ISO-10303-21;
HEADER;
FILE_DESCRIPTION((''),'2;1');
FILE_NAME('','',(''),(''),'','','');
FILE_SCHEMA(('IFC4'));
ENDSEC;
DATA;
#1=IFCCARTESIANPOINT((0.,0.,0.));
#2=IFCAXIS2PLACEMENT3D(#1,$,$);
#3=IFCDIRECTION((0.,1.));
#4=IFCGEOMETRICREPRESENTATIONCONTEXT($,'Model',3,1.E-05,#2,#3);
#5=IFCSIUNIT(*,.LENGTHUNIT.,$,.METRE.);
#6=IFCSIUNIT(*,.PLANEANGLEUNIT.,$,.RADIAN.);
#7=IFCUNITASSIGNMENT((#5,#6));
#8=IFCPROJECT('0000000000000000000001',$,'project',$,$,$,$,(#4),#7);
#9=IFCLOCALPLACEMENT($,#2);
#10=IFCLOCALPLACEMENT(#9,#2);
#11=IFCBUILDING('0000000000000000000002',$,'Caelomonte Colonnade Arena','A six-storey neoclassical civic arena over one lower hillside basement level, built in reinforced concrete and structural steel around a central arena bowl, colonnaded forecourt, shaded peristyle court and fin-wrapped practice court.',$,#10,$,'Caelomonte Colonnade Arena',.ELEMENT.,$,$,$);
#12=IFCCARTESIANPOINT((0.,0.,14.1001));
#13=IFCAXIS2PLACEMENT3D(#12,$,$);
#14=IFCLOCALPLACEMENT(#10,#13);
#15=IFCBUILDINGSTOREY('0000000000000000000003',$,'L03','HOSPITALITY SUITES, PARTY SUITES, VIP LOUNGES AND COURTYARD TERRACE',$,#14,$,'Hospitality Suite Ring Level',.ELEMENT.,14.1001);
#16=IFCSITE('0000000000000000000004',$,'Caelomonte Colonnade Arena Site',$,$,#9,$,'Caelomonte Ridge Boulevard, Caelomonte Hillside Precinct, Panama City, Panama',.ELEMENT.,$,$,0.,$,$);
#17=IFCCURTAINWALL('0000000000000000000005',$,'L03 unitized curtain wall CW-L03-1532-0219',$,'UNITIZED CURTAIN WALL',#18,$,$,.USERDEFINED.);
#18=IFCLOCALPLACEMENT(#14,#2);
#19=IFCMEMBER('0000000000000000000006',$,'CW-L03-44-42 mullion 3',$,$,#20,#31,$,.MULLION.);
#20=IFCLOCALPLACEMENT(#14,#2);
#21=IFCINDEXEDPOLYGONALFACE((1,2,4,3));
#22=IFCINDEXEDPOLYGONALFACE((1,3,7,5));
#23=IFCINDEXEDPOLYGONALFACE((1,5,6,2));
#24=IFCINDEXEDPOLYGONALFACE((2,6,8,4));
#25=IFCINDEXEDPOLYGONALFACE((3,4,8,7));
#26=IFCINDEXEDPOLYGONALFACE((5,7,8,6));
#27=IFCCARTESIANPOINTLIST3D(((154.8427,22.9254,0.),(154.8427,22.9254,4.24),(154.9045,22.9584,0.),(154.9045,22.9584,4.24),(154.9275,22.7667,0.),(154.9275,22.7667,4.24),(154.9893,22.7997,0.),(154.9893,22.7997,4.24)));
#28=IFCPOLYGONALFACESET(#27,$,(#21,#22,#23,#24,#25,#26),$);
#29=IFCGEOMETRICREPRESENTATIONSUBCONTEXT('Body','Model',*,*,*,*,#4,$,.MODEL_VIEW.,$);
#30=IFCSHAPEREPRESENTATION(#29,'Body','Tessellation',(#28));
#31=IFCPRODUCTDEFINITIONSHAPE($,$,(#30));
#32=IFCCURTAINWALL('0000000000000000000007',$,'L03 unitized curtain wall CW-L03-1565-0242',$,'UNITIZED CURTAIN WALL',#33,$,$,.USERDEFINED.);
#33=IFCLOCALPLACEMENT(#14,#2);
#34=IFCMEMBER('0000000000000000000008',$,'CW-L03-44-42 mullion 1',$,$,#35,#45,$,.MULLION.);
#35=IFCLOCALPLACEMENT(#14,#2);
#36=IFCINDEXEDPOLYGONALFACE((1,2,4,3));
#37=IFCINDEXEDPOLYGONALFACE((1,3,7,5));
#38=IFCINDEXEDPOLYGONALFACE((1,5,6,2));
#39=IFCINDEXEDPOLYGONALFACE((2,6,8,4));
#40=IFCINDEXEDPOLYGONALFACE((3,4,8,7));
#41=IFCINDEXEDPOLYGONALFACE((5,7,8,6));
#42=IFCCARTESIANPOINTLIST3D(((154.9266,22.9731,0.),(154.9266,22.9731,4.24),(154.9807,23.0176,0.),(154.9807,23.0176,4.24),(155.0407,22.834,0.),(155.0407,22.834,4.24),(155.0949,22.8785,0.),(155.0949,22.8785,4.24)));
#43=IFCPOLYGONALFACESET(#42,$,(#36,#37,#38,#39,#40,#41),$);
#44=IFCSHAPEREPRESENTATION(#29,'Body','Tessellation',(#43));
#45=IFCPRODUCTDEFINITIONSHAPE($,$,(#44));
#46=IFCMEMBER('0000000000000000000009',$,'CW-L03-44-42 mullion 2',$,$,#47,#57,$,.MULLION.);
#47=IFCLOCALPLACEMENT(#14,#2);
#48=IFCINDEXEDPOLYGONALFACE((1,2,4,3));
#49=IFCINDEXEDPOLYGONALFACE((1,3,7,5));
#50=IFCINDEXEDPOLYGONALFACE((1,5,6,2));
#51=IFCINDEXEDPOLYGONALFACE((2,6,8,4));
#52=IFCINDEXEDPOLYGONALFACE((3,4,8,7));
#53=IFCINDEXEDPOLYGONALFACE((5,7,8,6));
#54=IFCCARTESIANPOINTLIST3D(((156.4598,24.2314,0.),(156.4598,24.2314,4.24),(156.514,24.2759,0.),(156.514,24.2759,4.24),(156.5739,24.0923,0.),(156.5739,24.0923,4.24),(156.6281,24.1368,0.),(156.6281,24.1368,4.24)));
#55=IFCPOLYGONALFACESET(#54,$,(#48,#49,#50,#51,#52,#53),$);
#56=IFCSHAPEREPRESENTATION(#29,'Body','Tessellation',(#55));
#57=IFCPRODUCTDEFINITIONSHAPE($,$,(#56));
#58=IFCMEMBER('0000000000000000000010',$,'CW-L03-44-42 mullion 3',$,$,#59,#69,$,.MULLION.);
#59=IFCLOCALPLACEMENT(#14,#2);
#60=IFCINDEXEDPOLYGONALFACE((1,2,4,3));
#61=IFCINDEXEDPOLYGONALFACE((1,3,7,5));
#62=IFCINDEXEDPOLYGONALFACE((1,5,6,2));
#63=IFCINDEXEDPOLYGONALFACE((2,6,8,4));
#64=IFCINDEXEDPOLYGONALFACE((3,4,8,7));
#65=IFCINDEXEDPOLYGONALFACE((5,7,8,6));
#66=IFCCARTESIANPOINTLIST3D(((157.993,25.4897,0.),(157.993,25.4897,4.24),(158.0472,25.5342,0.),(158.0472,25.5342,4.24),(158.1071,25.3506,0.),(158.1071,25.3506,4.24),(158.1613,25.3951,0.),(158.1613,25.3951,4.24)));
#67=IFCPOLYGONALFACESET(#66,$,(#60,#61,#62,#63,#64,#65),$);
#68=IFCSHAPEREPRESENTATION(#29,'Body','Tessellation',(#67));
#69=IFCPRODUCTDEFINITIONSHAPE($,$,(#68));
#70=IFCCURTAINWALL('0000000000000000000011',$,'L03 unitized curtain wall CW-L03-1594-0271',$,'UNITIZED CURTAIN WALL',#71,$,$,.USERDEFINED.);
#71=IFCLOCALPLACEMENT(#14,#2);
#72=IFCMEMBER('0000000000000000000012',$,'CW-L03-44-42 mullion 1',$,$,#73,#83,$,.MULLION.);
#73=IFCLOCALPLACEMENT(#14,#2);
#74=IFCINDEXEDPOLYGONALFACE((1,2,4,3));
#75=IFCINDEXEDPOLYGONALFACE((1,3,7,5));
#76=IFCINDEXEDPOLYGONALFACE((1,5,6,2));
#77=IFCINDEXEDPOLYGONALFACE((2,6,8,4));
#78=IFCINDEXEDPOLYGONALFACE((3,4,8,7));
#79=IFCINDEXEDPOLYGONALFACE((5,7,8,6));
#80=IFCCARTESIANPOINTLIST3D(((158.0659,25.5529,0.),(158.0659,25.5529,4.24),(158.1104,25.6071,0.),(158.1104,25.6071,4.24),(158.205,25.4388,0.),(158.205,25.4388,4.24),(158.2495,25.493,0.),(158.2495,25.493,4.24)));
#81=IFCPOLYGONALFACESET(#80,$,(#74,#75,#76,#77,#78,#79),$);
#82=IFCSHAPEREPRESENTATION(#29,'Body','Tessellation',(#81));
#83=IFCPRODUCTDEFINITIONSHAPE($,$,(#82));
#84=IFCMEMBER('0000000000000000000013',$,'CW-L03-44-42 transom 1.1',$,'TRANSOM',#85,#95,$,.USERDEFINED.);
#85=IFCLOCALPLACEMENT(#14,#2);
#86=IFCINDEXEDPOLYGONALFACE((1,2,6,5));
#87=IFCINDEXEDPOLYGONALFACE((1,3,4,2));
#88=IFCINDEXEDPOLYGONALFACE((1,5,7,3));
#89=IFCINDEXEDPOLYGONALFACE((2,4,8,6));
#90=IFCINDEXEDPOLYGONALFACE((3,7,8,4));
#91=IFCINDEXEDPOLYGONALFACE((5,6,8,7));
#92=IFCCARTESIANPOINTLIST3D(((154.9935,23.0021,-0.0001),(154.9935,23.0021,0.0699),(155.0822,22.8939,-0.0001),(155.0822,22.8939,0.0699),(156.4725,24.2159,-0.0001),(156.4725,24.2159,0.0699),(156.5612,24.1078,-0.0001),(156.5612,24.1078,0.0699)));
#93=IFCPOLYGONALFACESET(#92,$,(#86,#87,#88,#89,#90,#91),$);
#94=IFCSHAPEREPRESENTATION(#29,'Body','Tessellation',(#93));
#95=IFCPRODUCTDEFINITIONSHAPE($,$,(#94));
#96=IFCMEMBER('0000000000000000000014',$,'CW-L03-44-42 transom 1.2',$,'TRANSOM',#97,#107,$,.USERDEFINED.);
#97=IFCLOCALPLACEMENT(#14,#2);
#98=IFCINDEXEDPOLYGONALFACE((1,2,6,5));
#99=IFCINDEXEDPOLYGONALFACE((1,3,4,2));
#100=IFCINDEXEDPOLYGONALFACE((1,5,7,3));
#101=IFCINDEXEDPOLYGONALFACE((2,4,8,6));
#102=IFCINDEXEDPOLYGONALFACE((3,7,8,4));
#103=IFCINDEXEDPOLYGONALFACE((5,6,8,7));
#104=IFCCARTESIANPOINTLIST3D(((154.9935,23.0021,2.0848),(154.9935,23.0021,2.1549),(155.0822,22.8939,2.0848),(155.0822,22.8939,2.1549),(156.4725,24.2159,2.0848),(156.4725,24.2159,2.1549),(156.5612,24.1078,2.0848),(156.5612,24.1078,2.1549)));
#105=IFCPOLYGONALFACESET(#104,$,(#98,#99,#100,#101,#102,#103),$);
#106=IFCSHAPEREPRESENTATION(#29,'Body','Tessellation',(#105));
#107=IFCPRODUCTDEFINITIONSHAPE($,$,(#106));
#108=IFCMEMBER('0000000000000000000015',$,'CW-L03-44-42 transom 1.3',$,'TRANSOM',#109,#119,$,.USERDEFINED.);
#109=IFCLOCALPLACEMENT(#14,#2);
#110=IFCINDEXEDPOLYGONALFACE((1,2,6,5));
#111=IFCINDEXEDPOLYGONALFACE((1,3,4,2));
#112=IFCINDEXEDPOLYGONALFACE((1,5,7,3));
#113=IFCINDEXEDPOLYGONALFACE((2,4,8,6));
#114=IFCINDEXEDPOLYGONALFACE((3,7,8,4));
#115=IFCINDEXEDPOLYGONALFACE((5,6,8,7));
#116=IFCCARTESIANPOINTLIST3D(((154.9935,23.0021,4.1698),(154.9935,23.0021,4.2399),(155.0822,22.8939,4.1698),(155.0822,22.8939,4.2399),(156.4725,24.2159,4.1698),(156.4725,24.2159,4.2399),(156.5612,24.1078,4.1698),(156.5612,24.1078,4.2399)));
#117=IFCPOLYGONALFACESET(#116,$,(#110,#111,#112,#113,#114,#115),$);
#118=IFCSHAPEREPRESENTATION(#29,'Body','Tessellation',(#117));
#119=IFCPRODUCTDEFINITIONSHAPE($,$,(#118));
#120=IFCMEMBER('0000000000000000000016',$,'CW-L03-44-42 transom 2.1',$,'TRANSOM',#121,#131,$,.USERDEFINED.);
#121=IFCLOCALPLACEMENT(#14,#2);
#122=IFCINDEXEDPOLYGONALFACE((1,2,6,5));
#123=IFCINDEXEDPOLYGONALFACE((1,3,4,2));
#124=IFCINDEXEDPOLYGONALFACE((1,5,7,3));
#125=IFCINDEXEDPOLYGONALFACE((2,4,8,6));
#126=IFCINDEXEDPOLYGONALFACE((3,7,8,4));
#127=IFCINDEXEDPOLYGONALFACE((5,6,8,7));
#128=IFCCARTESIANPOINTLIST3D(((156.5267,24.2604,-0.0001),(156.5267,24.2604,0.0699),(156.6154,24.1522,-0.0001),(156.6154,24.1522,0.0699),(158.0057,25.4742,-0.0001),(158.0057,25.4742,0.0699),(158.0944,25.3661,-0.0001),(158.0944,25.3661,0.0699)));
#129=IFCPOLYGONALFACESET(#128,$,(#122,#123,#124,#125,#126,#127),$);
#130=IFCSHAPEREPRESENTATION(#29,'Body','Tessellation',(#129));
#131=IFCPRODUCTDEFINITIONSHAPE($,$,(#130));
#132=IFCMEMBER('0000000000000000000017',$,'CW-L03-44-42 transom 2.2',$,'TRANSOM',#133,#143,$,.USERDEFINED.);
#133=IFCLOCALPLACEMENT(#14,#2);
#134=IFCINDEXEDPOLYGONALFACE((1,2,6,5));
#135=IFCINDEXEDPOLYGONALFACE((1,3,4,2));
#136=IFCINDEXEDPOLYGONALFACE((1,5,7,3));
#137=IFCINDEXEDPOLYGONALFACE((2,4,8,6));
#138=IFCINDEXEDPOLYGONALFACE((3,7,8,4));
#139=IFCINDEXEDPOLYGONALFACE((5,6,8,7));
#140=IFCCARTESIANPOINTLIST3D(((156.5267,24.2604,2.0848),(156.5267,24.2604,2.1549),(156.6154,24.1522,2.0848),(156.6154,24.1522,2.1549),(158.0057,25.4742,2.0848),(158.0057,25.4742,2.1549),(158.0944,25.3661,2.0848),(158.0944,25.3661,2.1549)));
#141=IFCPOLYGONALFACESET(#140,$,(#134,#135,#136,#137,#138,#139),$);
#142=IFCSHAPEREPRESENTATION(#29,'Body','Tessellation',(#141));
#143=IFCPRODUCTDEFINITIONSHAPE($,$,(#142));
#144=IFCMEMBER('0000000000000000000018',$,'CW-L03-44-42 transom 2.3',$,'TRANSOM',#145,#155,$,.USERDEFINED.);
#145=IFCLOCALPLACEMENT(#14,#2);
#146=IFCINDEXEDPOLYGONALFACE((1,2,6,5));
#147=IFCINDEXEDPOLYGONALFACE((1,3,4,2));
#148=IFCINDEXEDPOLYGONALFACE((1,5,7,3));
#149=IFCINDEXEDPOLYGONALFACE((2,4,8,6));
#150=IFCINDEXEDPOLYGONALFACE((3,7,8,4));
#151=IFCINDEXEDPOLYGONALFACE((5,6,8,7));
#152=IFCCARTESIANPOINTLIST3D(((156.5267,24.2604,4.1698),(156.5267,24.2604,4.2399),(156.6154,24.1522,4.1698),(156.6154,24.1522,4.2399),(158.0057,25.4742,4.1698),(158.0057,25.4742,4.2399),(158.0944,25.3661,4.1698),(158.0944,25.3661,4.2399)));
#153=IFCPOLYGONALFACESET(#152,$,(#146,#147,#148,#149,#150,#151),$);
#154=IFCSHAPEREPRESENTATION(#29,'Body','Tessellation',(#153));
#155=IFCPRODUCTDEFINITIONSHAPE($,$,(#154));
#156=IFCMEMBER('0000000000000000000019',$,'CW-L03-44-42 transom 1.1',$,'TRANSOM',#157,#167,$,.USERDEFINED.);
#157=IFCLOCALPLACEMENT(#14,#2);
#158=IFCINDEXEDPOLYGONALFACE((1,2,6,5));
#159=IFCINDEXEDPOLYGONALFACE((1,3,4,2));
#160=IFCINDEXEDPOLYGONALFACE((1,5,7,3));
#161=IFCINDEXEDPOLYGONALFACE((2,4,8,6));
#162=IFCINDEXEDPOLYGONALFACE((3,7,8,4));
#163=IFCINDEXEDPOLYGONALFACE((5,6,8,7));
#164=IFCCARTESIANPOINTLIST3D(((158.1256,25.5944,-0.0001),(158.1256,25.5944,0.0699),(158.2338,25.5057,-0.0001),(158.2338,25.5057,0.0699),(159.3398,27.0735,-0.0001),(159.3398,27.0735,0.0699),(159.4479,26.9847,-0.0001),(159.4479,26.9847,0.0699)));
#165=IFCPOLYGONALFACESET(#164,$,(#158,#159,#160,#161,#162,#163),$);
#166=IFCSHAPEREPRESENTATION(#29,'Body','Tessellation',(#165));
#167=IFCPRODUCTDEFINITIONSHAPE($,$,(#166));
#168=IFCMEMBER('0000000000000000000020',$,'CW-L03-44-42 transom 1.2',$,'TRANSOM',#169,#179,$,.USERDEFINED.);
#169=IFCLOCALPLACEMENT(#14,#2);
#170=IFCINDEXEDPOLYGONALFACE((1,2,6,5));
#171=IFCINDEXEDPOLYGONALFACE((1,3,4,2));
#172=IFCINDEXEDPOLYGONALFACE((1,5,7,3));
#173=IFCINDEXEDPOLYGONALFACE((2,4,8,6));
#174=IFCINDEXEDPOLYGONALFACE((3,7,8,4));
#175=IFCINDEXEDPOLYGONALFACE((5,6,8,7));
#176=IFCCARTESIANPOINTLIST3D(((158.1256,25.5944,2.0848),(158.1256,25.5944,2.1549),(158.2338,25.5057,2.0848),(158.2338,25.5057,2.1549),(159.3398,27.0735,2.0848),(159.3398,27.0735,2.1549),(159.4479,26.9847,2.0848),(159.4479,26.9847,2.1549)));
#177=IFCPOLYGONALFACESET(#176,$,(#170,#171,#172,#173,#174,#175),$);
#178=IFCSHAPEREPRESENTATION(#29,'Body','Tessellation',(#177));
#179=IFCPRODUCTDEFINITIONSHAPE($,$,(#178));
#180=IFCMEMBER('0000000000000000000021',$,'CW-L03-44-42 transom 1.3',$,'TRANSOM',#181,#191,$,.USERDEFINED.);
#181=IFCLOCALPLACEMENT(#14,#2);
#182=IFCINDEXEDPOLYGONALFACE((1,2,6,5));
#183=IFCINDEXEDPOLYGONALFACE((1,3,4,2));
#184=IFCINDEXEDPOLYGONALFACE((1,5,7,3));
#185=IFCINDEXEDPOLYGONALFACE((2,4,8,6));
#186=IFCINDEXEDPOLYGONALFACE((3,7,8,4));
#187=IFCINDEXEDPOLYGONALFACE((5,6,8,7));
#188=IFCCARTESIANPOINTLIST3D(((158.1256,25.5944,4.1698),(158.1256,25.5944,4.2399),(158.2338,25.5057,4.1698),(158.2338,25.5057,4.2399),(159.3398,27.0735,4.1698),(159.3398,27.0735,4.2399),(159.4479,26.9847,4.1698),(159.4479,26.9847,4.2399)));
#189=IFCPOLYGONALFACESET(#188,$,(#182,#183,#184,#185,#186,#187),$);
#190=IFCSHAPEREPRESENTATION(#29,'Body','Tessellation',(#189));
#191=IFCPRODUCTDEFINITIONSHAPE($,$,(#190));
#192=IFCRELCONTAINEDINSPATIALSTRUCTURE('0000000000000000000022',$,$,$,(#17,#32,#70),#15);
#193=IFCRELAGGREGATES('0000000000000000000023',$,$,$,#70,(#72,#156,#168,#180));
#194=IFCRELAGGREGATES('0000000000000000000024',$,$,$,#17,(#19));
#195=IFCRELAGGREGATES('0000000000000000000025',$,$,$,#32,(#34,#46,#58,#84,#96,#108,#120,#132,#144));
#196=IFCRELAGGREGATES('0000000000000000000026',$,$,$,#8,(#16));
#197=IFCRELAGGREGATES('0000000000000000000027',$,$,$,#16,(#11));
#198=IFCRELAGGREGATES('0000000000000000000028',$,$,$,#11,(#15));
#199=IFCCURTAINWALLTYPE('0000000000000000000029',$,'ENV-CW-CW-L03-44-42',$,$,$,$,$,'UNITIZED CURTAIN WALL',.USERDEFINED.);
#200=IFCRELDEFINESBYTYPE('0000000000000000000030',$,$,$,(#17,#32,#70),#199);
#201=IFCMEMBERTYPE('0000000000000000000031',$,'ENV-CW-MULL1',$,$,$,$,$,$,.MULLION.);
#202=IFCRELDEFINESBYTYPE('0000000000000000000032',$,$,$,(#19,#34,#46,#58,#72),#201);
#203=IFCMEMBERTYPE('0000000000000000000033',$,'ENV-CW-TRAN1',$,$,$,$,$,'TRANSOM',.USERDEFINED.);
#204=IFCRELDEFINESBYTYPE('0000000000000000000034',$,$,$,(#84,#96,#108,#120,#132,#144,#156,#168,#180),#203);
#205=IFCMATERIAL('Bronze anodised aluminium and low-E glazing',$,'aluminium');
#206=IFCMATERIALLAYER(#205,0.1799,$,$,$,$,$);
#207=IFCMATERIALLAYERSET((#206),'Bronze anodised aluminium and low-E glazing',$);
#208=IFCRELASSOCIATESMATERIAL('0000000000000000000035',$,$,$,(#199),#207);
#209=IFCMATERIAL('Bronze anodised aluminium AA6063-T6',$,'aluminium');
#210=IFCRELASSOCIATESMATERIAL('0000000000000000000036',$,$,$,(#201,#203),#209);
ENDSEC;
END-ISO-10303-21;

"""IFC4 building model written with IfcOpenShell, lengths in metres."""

from ifc_helpers import new_model, si_unit, direction, frame, origin, origin_2d, place, context, subcontext, project, spatial, rectangle, extrude, material, layer, layer_set, material_profile, profile_set, type_object, element, aggregate, save


model = new_model("IFC4")

# Units and contexts
model_context = context("Model", 3, precision=1e-05, world=origin(), true_north=direction((0.0, 1.0)))
body_context = subcontext(model_context, "Body", "Model", "MODEL_VIEW")
ifc_project = project(units=[si_unit("LENGTHUNIT", "METRE"), si_unit("PLANEANGLEUNIT", "RADIAN")], contexts=[model_context])

# Site, building, storey
site_placement = place(None, origin())
site = spatial("IfcSite", under=ifc_project, at=site_placement, Name="Caelomonte Colonnade Arena Site", LongName="Caelomonte Ridge Boulevard, Caelomonte Hillside Precinct, Panama City, Panama", CompositionType="ELEMENT", RefElevation=0.0)
building_placement = place(site_placement, origin())
building = spatial("IfcBuilding", under=site, at=building_placement, Name="Caelomonte Colonnade Arena", Description="A six-storey neoclassical civic arena over one lower hillside basement level, built in reinforced concrete and structural steel around a central arena bowl, colonnaded forecourt, shaded peristyle court and fin-wrapped practice court.", LongName="Caelomonte Colonnade Arena", CompositionType="ELEMENT")
storey_placement = place(building_placement, frame((0.0, 0.0, 14.1001)))
storey = spatial("IfcBuildingStorey", under=building, at=storey_placement, Name="L03", Description="HOSPITALITY SUITES, PARTY SUITES, VIP LOUNGES AND COURTYARD TERRACE", LongName="Hospitality Suite Ring Level", CompositionType="ELEMENT", Elevation=14.1001)

# Curtain wall, member
ifc_material_1 = material(Name="Bronze anodised aluminium and low-E glazing", Category="aluminium")
ifc_layer_1 = layer(ifc_material_1, 0.1799)
ifc_layer_set_1 = layer_set([ifc_layer_1], Name="Bronze anodised aluminium and low-E glazing")
curtain_wall_type = type_object("IfcCurtainWallType", Name="ENV-CW-CW-L03-44-42", ElementType="UNITIZED CURTAIN WALL", PredefinedType="USERDEFINED", material=ifc_layer_set_1)
curtain_wall_1_placement = place(storey_placement, origin())
curtain_wall_1 = element("IfcCurtainWall", 1, at=curtain_wall_1_placement, inside=storey, type_object=curtain_wall_type, Name="L03 unitized curtain wall CW-L03-1532-0219", ObjectType="UNITIZED CURTAIN WALL", PredefinedType="USERDEFINED")
ifc_material_2 = material(Name="Bronze anodised aluminium AA6063-T6", Category="aluminium")
ifc_material_profile_1 = material_profile(ifc_material_2, rectangle(XDim=0.0701, YDim=0.1799, at=origin_2d()), Name="CWM-70X180")
ifc_profile_set_1 = profile_set([ifc_material_profile_1], Name="Bronze anodised aluminium AA6063-T6")
member_type_1 = type_object("IfcMemberType", Name="ENV-CW-MULL1", PredefinedType="MULLION", material=ifc_profile_set_1)
member_1_placement = place(storey_placement, frame((154.916, 22.8625, 0.0), z_axis=(0.0, 0.0, 1.0), x_axis=(0.881923, 0.471394, 0.0)))
member_1 = element("IfcMember", 2, at=member_1_placement, type_object=member_type_1, Name="CW-L03-44-42 mullion 3", PredefinedType="MULLION", context=body_context, shape_type="SweptSolid", body=[
    extrude(rectangle(XDim=0.0701, YDim=0.1799, at=origin_2d()), origin(), (0.0, 0.0, 1.0), 4.24),
])

# Curtain wall, members
curtain_wall_2_placement = place(storey_placement, origin())
curtain_wall_2 = element("IfcCurtainWall", 3, at=curtain_wall_2_placement, inside=storey, type_object=curtain_wall_type, Name="L03 unitized curtain wall CW-L03-1565-0242", ObjectType="UNITIZED CURTAIN WALL", PredefinedType="USERDEFINED")
member_2_placement = place(storey_placement, frame((155.0107, 22.9258, 0.0), z_axis=(0.0, 0.0, 1.0), x_axis=(0.772992, 0.634416, 0.0)))
member_2 = element("IfcMember", 4, at=member_2_placement, type_object=member_type_1, Name="CW-L03-44-42 mullion 1", PredefinedType="MULLION", context=body_context, shape_type="SweptSolid", body=[
    extrude(rectangle(XDim=0.0701, YDim=0.1799, at=origin_2d()), origin(), (0.0, 0.0, 1.0), 4.24),
])
member_3_placement = place(storey_placement, frame((156.5439, 24.1841, 0.0), z_axis=(0.0, 0.0, 1.0), x_axis=(0.772992, 0.634416, 0.0)))
member_3 = element("IfcMember", 5, at=member_3_placement, type_object=member_type_1, Name="CW-L03-44-42 mullion 2", PredefinedType="MULLION", context=body_context, shape_type="SweptSolid", body=[
    extrude(rectangle(XDim=0.0701, YDim=0.1799, at=origin_2d()), origin(), (0.0, 0.0, 1.0), 4.24),
])
member_4_placement = place(storey_placement, frame((158.0771, 25.4424, 0.0), z_axis=(0.0, 0.0, 1.0), x_axis=(0.772992, 0.634416, 0.0)))
member_4 = element("IfcMember", 6, at=member_4_placement, type_object=member_type_1, Name="CW-L03-44-42 mullion 3", PredefinedType="MULLION", context=body_context, shape_type="SweptSolid", body=[
    extrude(rectangle(XDim=0.0701, YDim=0.1799, at=origin_2d()), origin(), (0.0, 0.0, 1.0), 4.24),
])

# Curtain wall, member
curtain_wall_3_placement = place(storey_placement, origin())
curtain_wall_3 = element("IfcCurtainWall", 7, at=curtain_wall_3_placement, inside=storey, type_object=curtain_wall_type, Name="L03 unitized curtain wall CW-L03-1594-0271", ObjectType="UNITIZED CURTAIN WALL", PredefinedType="USERDEFINED")
member_5_placement = place(storey_placement, frame((158.1577, 25.5229, 0.0), z_axis=(0.0, 0.0, 1.0), x_axis=(0.634416, 0.772992, 0.0)))
member_5 = element("IfcMember", 8, at=member_5_placement, type_object=member_type_1, Name="CW-L03-44-42 mullion 1", PredefinedType="MULLION", context=body_context, shape_type="SweptSolid", body=[
    extrude(rectangle(XDim=0.0701, YDim=0.1799, at=origin_2d()), origin(), (0.0, 0.0, 1.0), 4.24),
])

# Members
ifc_material_profile_2 = material_profile(ifc_material_2, rectangle(XDim=0.0701, YDim=0.1399, at=origin_2d()), Name="CWT-70X140")
ifc_profile_set_2 = profile_set([ifc_material_profile_2], Name="Bronze anodised aluminium AA6063-T6")
member_type_2 = type_object("IfcMemberType", Name="ENV-CW-TRAN1", ElementType="TRANSOM", PredefinedType="USERDEFINED", material=ifc_profile_set_2)
member_6_placement = place(storey_placement, frame((155.0378, 22.948, 0.0349), z_axis=(0.77299, 0.634418, 0.0), x_axis=(0.0, 0.0, 1.0)))
member_6 = element("IfcMember", 9, at=member_6_placement, type_object=member_type_2, Name="CW-L03-44-42 transom 1.1", ObjectType="TRANSOM", PredefinedType="USERDEFINED", context=body_context, shape_type="SweptSolid", body=[
    extrude(rectangle(XDim=0.0701, YDim=0.1399, at=origin_2d()), origin(), (0.0, 0.0, 1.0), 1.9133),
])
member_7_placement = place(storey_placement, frame((155.0378, 22.948, 2.1199), z_axis=(0.77299, 0.634418, 0.0), x_axis=(0.0, 0.0, 1.0)))
member_7 = element("IfcMember", 10, at=member_7_placement, type_object=member_type_2, Name="CW-L03-44-42 transom 1.2", ObjectType="TRANSOM", PredefinedType="USERDEFINED", context=body_context, shape_type="SweptSolid", body=[
    extrude(rectangle(XDim=0.0701, YDim=0.1399, at=origin_2d()), origin(), (0.0, 0.0, 1.0), 1.9133),
])
member_8_placement = place(storey_placement, frame((155.0378, 22.948, 4.2048), z_axis=(0.77299, 0.634418, 0.0), x_axis=(0.0, 0.0, 1.0)))
member_8 = element("IfcMember", 11, at=member_8_placement, type_object=member_type_2, Name="CW-L03-44-42 transom 1.3", ObjectType="TRANSOM", PredefinedType="USERDEFINED", context=body_context, shape_type="SweptSolid", body=[
    extrude(rectangle(XDim=0.0701, YDim=0.1399, at=origin_2d()), origin(), (0.0, 0.0, 1.0), 1.9133),
])
member_9_placement = place(storey_placement, frame((156.571, 24.2063, 0.0349), z_axis=(0.77299, 0.634418, 0.0), x_axis=(0.0, 0.0, 1.0)))
member_9 = element("IfcMember", 12, at=member_9_placement, type_object=member_type_2, Name="CW-L03-44-42 transom 2.1", ObjectType="TRANSOM", PredefinedType="USERDEFINED", context=body_context, shape_type="SweptSolid", body=[
    extrude(rectangle(XDim=0.0701, YDim=0.1399, at=origin_2d()), origin(), (0.0, 0.0, 1.0), 1.9133),
])
member_10_placement = place(storey_placement, frame((156.571, 24.2063, 2.1199), z_axis=(0.77299, 0.634418, 0.0), x_axis=(0.0, 0.0, 1.0)))
member_10 = element("IfcMember", 13, at=member_10_placement, type_object=member_type_2, Name="CW-L03-44-42 transom 2.2", ObjectType="TRANSOM", PredefinedType="USERDEFINED", context=body_context, shape_type="SweptSolid", body=[
    extrude(rectangle(XDim=0.0701, YDim=0.1399, at=origin_2d()), origin(), (0.0, 0.0, 1.0), 1.9133),
])
member_11_placement = place(storey_placement, frame((156.571, 24.2063, 4.2048), z_axis=(0.77299, 0.634418, 0.0), x_axis=(0.0, 0.0, 1.0)))
member_11 = element("IfcMember", 14, at=member_11_placement, type_object=member_type_2, Name="CW-L03-44-42 transom 2.3", ObjectType="TRANSOM", PredefinedType="USERDEFINED", context=body_context, shape_type="SweptSolid", body=[
    extrude(rectangle(XDim=0.0701, YDim=0.1399, at=origin_2d()), origin(), (0.0, 0.0, 1.0), 1.9133),
])
member_12_placement = place(storey_placement, frame((158.1797, 25.55, 0.0349), z_axis=(0.634495, 0.772927, 0.0), x_axis=(0.0, 0.0, 1.0)))
member_12 = element("IfcMember", 15, at=member_12_placement, type_object=member_type_2, Name="CW-L03-44-42 transom 1.1", ObjectType="TRANSOM", PredefinedType="USERDEFINED", context=body_context, shape_type="SweptSolid", body=[
    extrude(rectangle(XDim=0.0701, YDim=0.1399, at=origin_2d()), origin(), (0.0, 0.0, 1.0), 1.9136),
])
member_13_placement = place(storey_placement, frame((158.1797, 25.55, 2.1199), z_axis=(0.634495, 0.772927, 0.0), x_axis=(0.0, 0.0, 1.0)))
member_13 = element("IfcMember", 16, at=member_13_placement, type_object=member_type_2, Name="CW-L03-44-42 transom 1.2", ObjectType="TRANSOM", PredefinedType="USERDEFINED", context=body_context, shape_type="SweptSolid", body=[
    extrude(rectangle(XDim=0.0701, YDim=0.1399, at=origin_2d()), origin(), (0.0, 0.0, 1.0), 1.9136),
])
member_14_placement = place(storey_placement, frame((158.1797, 25.55, 4.2048), z_axis=(0.634495, 0.772927, 0.0), x_axis=(0.0, 0.0, 1.0)))
member_14 = element("IfcMember", 17, at=member_14_placement, type_object=member_type_2, Name="CW-L03-44-42 transom 1.3", ObjectType="TRANSOM", PredefinedType="USERDEFINED", context=body_context, shape_type="SweptSolid", body=[
    extrude(rectangle(XDim=0.0701, YDim=0.1399, at=origin_2d()), origin(), (0.0, 0.0, 1.0), 1.9136),
])
aggregate(curtain_wall_3, [member_5, member_12, member_13, member_14])

aggregate(curtain_wall_1, [member_1])
aggregate(curtain_wall_2, [member_2, member_3, member_4, member_6, member_7, member_8, member_9, member_10, member_11])

save(model, "model.ifc")
